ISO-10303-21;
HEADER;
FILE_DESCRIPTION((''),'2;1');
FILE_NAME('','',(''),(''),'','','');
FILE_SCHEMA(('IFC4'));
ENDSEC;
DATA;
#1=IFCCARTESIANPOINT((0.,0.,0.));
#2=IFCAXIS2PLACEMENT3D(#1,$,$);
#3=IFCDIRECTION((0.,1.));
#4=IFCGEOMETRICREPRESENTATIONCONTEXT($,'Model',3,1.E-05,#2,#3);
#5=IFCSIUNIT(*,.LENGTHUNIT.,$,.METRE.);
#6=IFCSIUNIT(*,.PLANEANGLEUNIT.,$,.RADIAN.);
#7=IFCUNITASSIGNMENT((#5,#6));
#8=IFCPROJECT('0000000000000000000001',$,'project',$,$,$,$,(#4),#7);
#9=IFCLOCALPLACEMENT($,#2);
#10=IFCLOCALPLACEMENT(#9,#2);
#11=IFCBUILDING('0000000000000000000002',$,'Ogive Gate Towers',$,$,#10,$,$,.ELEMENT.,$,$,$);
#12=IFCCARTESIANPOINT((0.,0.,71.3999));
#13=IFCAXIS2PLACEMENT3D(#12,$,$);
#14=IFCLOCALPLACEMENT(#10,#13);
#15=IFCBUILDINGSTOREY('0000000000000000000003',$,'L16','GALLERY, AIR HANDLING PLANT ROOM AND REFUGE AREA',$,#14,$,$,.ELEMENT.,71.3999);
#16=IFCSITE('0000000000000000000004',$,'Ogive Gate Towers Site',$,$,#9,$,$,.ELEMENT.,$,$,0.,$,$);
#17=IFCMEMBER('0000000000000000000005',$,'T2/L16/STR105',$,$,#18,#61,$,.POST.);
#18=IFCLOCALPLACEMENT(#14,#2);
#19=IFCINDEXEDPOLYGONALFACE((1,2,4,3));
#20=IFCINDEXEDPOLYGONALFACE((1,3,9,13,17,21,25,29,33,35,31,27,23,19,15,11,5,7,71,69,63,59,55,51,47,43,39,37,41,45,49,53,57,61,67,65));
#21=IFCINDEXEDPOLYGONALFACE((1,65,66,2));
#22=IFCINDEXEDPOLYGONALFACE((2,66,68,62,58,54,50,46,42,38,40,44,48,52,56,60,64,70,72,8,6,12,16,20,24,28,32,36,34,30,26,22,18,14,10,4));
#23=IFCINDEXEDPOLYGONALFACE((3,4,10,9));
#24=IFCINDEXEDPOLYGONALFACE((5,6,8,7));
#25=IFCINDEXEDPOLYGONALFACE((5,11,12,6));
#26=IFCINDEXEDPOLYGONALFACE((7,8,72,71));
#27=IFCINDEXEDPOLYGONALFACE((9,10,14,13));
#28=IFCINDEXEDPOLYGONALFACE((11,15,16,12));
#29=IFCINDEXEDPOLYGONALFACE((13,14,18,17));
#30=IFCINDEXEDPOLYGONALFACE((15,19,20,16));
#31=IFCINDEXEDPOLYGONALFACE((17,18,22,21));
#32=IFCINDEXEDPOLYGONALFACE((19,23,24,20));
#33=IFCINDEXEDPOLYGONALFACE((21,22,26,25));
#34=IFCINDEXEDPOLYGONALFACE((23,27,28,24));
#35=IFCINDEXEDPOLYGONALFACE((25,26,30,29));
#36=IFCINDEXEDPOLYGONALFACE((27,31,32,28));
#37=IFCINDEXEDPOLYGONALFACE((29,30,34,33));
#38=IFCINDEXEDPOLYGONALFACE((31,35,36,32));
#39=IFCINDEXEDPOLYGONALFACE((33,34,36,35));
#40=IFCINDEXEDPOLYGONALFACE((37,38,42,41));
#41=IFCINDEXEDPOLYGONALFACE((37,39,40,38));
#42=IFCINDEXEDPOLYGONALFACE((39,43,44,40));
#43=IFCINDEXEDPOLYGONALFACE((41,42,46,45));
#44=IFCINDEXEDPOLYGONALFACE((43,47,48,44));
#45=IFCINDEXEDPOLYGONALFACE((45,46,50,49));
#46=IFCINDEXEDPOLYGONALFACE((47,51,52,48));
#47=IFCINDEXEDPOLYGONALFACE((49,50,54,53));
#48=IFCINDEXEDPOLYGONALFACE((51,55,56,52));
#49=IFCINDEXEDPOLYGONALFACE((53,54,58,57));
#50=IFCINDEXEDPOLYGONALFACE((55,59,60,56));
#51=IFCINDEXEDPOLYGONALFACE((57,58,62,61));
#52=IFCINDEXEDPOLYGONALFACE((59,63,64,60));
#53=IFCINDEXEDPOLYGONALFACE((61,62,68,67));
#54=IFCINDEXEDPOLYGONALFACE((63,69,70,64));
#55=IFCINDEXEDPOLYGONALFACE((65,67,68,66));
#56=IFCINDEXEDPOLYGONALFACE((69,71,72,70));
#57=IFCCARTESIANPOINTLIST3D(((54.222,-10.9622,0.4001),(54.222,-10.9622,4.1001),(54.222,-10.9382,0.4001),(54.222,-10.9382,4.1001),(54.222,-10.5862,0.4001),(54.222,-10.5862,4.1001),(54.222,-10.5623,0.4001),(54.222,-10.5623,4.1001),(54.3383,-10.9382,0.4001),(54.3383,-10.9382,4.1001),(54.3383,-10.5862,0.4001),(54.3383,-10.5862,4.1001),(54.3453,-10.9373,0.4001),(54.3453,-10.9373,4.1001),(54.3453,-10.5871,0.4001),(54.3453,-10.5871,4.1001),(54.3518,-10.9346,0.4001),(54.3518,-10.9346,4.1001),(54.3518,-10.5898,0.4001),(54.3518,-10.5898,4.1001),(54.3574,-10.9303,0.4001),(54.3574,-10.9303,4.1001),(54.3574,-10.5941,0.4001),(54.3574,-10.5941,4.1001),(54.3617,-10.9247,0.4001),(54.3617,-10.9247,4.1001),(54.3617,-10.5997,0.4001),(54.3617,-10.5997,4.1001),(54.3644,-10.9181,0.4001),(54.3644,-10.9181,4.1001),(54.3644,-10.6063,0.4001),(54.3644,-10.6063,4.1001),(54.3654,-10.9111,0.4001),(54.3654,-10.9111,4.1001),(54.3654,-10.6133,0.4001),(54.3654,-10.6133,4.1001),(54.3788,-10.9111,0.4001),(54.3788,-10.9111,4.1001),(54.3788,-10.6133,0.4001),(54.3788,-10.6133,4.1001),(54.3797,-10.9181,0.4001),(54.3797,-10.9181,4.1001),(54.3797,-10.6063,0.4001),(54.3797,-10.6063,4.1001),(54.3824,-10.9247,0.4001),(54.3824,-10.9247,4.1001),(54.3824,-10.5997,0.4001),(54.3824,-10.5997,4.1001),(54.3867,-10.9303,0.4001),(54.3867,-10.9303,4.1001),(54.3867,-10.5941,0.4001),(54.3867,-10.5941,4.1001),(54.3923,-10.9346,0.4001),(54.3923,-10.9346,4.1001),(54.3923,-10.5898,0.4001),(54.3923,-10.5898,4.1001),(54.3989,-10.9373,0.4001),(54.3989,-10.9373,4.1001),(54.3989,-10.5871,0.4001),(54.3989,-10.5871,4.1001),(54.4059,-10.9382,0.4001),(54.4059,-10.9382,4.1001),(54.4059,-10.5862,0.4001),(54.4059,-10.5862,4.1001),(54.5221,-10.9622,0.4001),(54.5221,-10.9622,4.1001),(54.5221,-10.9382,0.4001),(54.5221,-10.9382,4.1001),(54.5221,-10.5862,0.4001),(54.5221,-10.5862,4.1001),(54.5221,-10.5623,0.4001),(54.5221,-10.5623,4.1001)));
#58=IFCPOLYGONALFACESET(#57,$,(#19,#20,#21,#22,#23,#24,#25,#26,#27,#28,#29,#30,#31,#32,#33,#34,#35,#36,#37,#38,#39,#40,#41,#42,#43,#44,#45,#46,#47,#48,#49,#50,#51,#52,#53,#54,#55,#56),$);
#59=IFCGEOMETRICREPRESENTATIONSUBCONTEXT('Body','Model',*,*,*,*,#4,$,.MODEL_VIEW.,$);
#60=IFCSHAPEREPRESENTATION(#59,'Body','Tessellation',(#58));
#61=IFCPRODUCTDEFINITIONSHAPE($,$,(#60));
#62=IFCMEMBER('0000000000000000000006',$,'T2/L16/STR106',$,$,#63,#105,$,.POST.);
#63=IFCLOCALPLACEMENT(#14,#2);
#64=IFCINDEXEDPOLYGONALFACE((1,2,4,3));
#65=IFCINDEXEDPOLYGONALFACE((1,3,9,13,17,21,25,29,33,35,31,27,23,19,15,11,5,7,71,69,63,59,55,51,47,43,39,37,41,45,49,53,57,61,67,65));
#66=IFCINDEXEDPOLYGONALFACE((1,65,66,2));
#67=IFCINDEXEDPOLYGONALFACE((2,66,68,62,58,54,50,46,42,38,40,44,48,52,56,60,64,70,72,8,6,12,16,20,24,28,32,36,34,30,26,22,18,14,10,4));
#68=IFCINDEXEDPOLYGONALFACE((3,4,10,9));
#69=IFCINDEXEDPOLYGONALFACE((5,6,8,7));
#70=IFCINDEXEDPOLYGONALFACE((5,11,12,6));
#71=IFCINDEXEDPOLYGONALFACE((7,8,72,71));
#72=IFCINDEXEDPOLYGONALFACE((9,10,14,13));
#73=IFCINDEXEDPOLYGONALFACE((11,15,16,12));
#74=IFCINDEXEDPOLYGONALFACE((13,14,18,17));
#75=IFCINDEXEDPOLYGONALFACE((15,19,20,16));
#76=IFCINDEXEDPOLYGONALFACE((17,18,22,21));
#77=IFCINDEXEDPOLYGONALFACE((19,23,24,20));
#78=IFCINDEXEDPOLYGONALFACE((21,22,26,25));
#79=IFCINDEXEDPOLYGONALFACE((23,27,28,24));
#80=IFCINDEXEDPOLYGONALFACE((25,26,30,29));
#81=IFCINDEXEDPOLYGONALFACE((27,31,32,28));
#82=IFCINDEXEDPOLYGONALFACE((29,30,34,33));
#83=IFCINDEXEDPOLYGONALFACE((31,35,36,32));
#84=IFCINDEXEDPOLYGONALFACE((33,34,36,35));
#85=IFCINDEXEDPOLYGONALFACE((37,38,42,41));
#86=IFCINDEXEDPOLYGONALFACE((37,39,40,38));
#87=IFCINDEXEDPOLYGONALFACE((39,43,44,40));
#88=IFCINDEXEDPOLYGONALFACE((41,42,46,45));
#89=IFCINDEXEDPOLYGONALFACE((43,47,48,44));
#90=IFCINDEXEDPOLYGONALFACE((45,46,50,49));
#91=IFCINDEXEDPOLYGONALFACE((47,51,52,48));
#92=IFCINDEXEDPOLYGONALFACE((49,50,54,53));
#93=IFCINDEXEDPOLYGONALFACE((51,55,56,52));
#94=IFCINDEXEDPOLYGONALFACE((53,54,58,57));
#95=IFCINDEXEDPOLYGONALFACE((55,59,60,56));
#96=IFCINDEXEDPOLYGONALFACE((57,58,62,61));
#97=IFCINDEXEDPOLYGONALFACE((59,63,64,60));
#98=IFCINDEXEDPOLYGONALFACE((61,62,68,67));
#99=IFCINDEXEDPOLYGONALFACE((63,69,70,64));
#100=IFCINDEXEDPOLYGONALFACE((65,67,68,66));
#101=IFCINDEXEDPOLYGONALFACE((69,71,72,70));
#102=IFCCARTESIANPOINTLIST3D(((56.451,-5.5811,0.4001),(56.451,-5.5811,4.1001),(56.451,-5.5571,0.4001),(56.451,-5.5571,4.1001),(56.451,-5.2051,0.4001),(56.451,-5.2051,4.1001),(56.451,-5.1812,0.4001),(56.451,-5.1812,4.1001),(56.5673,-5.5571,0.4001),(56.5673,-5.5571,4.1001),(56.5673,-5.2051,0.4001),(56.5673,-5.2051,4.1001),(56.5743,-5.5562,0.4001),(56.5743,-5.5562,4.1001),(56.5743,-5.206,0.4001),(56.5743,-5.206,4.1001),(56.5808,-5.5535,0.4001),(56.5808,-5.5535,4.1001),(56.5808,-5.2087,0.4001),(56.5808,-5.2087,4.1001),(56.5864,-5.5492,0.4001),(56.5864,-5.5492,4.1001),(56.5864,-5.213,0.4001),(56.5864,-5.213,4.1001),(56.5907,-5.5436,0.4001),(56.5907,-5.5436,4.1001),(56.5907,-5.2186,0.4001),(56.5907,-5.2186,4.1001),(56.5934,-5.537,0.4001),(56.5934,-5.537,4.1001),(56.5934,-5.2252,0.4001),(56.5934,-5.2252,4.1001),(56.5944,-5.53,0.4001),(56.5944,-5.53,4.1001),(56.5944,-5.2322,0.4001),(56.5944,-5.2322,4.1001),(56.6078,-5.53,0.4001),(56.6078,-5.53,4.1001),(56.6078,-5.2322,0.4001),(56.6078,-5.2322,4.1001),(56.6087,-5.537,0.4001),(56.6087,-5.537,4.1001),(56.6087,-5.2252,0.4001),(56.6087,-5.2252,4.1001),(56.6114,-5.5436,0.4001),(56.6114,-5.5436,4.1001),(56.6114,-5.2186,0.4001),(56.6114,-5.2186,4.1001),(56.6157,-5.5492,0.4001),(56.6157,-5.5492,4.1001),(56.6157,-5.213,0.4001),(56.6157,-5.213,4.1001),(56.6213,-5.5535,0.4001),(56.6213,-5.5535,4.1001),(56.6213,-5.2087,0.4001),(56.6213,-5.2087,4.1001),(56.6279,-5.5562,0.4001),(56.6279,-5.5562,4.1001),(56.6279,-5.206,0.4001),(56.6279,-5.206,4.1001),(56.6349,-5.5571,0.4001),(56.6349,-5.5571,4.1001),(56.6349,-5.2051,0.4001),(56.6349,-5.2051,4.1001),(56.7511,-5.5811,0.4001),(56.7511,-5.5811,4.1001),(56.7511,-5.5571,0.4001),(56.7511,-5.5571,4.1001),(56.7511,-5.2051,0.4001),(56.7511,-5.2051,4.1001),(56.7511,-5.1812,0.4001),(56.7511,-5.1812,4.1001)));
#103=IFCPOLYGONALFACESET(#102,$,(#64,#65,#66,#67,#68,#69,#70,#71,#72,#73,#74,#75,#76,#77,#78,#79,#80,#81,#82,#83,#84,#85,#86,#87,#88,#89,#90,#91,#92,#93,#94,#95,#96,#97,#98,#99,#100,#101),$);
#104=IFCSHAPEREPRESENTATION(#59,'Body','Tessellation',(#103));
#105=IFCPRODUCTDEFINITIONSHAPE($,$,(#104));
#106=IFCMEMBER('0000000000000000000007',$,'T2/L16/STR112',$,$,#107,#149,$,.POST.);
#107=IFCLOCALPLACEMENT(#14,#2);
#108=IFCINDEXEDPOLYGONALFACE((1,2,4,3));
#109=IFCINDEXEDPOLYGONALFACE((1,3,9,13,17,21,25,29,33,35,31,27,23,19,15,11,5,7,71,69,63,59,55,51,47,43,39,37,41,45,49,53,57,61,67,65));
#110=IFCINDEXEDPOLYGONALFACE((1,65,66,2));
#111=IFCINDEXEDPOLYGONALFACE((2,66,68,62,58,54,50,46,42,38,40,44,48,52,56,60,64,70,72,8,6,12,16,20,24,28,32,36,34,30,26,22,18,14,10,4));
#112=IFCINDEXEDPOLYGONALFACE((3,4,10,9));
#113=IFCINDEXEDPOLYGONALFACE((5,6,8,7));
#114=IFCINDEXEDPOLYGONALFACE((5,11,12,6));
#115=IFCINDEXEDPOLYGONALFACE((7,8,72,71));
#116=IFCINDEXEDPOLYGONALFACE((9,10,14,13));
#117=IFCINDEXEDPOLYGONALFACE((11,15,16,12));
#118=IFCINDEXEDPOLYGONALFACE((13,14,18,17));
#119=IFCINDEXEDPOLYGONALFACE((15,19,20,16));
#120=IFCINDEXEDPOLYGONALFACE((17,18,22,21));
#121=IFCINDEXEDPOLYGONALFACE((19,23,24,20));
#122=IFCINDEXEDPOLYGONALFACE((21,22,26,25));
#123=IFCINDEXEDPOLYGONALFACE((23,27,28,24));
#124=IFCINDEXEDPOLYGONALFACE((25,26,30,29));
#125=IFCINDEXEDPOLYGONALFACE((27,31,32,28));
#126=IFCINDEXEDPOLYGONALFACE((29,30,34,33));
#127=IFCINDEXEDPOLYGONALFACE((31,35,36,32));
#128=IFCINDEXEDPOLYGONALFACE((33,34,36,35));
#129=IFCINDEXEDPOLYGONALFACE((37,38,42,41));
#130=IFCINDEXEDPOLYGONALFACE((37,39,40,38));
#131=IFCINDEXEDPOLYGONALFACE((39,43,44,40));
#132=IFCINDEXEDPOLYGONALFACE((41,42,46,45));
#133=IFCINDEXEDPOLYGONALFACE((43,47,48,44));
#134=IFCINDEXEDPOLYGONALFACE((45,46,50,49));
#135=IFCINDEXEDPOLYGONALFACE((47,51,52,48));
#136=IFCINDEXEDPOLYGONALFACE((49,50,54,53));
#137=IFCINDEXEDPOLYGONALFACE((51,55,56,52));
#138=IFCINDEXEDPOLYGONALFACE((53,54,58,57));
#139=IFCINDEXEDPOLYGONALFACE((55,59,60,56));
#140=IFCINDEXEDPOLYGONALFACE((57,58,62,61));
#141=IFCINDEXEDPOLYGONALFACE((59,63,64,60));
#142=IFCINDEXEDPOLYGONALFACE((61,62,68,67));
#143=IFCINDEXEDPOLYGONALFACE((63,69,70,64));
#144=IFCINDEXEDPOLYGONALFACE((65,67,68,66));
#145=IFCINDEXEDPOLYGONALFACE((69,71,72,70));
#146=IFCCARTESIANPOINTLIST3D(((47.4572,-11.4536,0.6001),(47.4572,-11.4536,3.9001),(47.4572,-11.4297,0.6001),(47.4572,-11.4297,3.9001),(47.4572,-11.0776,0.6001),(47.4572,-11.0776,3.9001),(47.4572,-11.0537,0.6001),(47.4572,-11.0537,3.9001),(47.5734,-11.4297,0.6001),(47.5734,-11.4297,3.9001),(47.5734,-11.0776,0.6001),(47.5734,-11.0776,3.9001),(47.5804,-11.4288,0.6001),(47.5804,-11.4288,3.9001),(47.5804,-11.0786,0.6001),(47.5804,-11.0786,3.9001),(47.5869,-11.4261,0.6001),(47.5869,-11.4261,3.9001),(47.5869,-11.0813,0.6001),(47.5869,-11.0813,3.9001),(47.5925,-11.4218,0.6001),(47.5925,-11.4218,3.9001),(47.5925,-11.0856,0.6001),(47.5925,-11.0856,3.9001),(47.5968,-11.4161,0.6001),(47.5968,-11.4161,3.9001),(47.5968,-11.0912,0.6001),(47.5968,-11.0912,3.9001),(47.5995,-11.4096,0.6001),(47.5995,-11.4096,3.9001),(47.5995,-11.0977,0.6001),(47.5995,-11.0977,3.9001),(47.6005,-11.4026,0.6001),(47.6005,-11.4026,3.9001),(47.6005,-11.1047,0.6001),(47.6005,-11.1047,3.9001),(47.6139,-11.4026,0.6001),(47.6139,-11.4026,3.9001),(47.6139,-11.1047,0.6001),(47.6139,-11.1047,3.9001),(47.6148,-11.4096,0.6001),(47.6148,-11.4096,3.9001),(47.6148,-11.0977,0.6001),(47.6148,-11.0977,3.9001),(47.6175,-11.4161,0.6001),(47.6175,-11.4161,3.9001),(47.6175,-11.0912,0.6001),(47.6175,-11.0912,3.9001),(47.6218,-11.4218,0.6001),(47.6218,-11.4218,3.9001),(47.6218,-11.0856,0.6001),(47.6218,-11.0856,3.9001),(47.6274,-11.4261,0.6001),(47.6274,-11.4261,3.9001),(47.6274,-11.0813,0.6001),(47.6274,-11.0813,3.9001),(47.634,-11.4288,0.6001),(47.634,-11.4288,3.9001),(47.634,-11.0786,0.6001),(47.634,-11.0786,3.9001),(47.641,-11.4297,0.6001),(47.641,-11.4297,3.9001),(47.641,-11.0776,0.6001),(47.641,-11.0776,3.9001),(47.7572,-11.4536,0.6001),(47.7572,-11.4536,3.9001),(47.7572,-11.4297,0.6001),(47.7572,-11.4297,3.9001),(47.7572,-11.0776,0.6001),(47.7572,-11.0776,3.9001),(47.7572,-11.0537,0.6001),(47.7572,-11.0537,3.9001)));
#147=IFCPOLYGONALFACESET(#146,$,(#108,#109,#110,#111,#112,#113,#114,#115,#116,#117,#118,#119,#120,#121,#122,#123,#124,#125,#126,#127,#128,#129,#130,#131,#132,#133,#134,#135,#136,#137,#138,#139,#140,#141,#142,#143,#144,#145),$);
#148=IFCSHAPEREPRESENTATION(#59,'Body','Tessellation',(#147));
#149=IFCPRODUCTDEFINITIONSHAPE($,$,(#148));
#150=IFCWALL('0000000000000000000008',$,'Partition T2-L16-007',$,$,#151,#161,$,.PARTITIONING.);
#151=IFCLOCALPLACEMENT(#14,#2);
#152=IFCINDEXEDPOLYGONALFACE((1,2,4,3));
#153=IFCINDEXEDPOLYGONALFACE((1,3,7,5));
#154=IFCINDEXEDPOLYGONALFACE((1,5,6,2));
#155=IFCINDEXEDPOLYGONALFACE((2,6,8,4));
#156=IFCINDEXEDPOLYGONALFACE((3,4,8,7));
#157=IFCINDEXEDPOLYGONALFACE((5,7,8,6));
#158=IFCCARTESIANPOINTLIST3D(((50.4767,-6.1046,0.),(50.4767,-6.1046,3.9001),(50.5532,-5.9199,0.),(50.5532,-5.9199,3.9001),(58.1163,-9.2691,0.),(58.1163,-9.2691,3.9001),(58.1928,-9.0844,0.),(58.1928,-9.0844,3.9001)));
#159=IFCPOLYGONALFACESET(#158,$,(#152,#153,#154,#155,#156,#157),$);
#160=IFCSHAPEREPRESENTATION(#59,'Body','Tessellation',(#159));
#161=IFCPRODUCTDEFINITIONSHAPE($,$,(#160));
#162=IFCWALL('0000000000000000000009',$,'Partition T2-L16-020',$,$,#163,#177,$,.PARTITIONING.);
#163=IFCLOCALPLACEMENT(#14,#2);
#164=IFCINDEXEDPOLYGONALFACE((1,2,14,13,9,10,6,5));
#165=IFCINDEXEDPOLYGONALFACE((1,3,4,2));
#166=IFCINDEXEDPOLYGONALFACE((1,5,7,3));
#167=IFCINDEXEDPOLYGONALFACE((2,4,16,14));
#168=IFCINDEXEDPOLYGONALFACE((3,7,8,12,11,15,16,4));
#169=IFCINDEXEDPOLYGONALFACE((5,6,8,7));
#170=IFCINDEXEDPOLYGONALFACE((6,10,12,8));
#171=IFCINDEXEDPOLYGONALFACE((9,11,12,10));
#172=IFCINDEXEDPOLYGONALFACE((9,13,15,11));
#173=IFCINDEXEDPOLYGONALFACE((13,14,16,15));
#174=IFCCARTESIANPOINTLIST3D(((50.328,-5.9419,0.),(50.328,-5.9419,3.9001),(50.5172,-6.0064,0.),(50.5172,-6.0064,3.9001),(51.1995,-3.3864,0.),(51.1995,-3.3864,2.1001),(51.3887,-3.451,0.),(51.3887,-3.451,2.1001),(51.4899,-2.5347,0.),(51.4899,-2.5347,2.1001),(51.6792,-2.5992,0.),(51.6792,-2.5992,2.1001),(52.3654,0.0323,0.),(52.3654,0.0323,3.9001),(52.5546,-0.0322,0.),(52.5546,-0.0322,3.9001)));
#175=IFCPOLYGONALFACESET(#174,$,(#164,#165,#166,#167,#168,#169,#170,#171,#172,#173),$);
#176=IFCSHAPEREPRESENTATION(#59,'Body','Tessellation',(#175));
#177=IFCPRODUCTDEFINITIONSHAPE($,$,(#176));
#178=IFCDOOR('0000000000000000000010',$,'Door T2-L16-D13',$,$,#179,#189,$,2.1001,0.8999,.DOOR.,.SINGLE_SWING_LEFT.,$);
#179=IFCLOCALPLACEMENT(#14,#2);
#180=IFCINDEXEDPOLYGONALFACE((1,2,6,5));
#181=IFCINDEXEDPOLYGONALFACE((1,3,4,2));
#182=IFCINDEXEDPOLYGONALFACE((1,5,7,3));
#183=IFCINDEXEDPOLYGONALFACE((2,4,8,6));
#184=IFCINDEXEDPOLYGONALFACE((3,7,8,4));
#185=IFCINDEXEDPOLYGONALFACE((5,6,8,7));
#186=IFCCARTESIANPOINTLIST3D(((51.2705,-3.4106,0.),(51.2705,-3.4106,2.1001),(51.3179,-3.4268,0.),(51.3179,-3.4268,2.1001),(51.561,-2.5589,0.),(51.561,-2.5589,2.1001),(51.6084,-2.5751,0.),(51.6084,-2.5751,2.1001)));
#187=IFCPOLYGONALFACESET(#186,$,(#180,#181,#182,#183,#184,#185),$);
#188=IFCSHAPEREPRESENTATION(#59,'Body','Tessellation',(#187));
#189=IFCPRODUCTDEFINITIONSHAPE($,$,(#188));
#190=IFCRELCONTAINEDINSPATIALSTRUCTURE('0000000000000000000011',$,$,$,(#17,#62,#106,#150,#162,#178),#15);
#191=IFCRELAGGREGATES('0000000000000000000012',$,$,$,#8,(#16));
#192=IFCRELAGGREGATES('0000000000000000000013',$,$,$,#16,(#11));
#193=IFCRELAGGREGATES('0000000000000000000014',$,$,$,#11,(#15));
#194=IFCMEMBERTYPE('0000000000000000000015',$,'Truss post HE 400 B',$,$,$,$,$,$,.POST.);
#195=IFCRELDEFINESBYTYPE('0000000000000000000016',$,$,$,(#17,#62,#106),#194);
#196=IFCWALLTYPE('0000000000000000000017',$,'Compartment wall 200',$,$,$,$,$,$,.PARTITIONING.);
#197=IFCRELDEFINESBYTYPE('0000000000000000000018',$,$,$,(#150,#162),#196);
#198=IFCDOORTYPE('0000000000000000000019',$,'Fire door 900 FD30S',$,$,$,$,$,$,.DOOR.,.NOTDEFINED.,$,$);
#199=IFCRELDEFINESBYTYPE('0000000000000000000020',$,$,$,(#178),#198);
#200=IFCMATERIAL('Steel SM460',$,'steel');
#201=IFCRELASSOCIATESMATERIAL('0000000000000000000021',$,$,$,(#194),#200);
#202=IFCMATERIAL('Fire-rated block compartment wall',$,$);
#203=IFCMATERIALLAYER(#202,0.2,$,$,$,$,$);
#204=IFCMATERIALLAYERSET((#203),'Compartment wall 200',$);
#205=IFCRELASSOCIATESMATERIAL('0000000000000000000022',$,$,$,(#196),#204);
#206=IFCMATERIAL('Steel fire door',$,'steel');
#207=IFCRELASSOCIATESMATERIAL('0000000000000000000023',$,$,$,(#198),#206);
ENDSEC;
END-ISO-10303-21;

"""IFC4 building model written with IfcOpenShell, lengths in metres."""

from ifc_helpers import new_model, si_unit, direction, frame, frame_2d, origin, origin_2d, place, context, subcontext, project, spatial, rectangle, i_section, extrude, material, layer, layer_set, material_profile, profile_set, type_object, element, fill, save


model = new_model("IFC4")

# Units and contexts
model_context = context("Model", 3, precision=1e-05, world=origin(), true_north=direction((0.0, 1.0)))
body_context = subcontext(model_context, "Body", "Model", "MODEL_VIEW")
ifc_project = project(units=[si_unit("LENGTHUNIT", "METRE"), si_unit("PLANEANGLEUNIT", "RADIAN")], contexts=[model_context])

# Site, building, storey
site_placement = place(None, origin())
site = spatial("IfcSite", under=ifc_project, at=site_placement, Name="Ogive Gate Towers Site", CompositionType="ELEMENT", RefElevation=0.0)
building_placement = place(site_placement, origin())
building = spatial("IfcBuilding", under=site, at=building_placement, Name="Ogive Gate Towers", CompositionType="ELEMENT")
storey_placement = place(building_placement, frame((0.0, 0.0, 71.3999)))
storey = spatial("IfcBuildingStorey", under=building, at=storey_placement, Name="L16", Description="GALLERY, AIR HANDLING PLANT ROOM AND REFUGE AREA", CompositionType="ELEMENT", Elevation=71.3999)

# Shared definitions
ifc_material_1 = material(Name="Steel SM460", Category="steel")

# Members
ifc_material_profile_1 = material_profile(ifc_material_1, i_section(OverallWidth=0.3, OverallDepth=0.3999, WebThickness=0.0134, FlangeThickness=0.0239, FilletRadius=0.0271, at=origin_2d()), Name="HE 400 B")
ifc_profile_set_1 = profile_set([ifc_material_profile_1], Name="Steel SM460")
member_type_1 = type_object("IfcMemberType", Name="Truss post HE 400 B", PredefinedType="POST", material=ifc_profile_set_1)
for number, where, z_axis, x_axis, name in (
    (1, (54.3721, -10.7622, 0.4001), (0.0, 0.0, 1.0), (1.0, 0.0, 0.0), "T2/L16/STR105"),
    (2, (56.6011, -5.3811, 0.4001), (0.0, 0.0, 1.0), (1.0, 0.0, 0.0), "T2/L16/STR106"),
):
    element("IfcMember", number, at=place(storey_placement, frame(where, z_axis=z_axis, x_axis=x_axis)), inside=storey, type_object=member_type_1, Name=name, PredefinedType="POST", context=body_context, shape_type="SweptSolid", body=[
        extrude(i_section(OverallWidth=0.3, OverallDepth=0.3999, WebThickness=0.0134, FlangeThickness=0.0239, FilletRadius=0.0271, at=origin_2d()), origin(), (0.0, 0.0, 1.0), 3.7),
    ])
member_1_placement = place(storey_placement, frame((47.6072, -11.2537, 0.6001), z_axis=(0.0, 0.0, 1.0), x_axis=(1.0, 0.0, 0.0)))
element("IfcMember", 3, at=member_1_placement, inside=storey, type_object=member_type_1, Name="T2/L16/STR112", PredefinedType="POST", context=body_context, shape_type="SweptSolid", body=[
    extrude(i_section(OverallWidth=0.3, OverallDepth=0.3999, WebThickness=0.0134, FlangeThickness=0.0239, FilletRadius=0.0271, at=origin_2d()), origin(), (0.0, 0.0, 1.0), 3.3),
])

# Wall
ifc_material_2 = material(Name="Fire-rated block compartment wall")
ifc_layer_1 = layer(ifc_material_2, 0.2)
ifc_layer_set_1 = layer_set([ifc_layer_1], Name="Compartment wall 200")
wall_type_1 = type_object("IfcWallType", Name="Compartment wall 200", PredefinedType="PARTITIONING", material=ifc_layer_set_1)
wall_1_placement = place(storey_placement, frame((58.1545, -9.1768, 0.0), z_axis=(0.0, 0.0, 1.0), x_axis=(-0.923875, 0.382694, 0.0)))
element("IfcWall", 4, at=wall_1_placement, inside=storey, type_object=wall_type_1, Name="Partition T2-L16-007", PredefinedType="PARTITIONING", context=body_context, shape_type="SweptSolid", body=[
    extrude(rectangle(XDim=8.269, YDim=0.2, at=frame_2d((4.1345, 0.0))), origin(), (0.0, 0.0, 1.0), 3.9001),
])

# Wall, opening, door
wall_2_placement = place(storey_placement, frame((50.4226, -5.9741, 0.0), z_axis=(0.0, 0.0, 1.0), x_axis=(0.322776, 0.946475, 0.0)))
wall_2 = element("IfcWall", 5, at=wall_2_placement, inside=storey, type_object=wall_type_1, Name="Partition T2-L16-020", PredefinedType="PARTITIONING", context=body_context, shape_type="SweptSolid", body=[
    extrude(rectangle(XDim=6.312, YDim=0.2, at=frame_2d((3.156, 0.0))), origin(), (0.0, 0.0, 1.0), 3.9001),
])
opening_placement = place(wall_2_placement, frame((2.7, 0.0, 0.0)))
opening = element("IfcOpeningElement", 6, at=opening_placement, cuts=wall_2, PredefinedType="OPENING", context=body_context, shape_type="SweptSolid", body=[
    extrude(rectangle(XDim=0.8999, YDim=2.1001, at=frame_2d((0.45, 1.05))), frame((0.0, 0.1099, 0.0), z_axis=(0.0, -1.0, 0.0), x_axis=(1.0, 0.0, 0.0)), (0.0, 0.0, 1.0), 0.22),
])
ifc_material_3 = material(Name="Steel fire door", Category="steel")
door_type = type_object("IfcDoorType", Name="Fire door 900 FD30S", OperationType="NOTDEFINED", PredefinedType="DOOR", material=ifc_material_3)
door_placement = place(opening_placement, origin())
door = element("IfcDoor", 7, at=door_placement, inside=storey, type_object=door_type, Name="Door T2-L16-D13", OperationType="SINGLE_SWING_LEFT", OverallHeight=2.1001, OverallWidth=0.8999, PredefinedType="DOOR", context=body_context, shape_type="SweptSolid", body=[
    extrude(rectangle(XDim=0.8999, YDim=2.1001, at=frame_2d((0.45, 1.05))), frame((0.0, 0.0249, 0.0), z_axis=(0.0, -1.0, 0.0), x_axis=(1.0, 0.0, 0.0)), (0.0, 0.0, 1.0), 0.05),
])
fill(opening, door)

save(model, "model.ifc")
